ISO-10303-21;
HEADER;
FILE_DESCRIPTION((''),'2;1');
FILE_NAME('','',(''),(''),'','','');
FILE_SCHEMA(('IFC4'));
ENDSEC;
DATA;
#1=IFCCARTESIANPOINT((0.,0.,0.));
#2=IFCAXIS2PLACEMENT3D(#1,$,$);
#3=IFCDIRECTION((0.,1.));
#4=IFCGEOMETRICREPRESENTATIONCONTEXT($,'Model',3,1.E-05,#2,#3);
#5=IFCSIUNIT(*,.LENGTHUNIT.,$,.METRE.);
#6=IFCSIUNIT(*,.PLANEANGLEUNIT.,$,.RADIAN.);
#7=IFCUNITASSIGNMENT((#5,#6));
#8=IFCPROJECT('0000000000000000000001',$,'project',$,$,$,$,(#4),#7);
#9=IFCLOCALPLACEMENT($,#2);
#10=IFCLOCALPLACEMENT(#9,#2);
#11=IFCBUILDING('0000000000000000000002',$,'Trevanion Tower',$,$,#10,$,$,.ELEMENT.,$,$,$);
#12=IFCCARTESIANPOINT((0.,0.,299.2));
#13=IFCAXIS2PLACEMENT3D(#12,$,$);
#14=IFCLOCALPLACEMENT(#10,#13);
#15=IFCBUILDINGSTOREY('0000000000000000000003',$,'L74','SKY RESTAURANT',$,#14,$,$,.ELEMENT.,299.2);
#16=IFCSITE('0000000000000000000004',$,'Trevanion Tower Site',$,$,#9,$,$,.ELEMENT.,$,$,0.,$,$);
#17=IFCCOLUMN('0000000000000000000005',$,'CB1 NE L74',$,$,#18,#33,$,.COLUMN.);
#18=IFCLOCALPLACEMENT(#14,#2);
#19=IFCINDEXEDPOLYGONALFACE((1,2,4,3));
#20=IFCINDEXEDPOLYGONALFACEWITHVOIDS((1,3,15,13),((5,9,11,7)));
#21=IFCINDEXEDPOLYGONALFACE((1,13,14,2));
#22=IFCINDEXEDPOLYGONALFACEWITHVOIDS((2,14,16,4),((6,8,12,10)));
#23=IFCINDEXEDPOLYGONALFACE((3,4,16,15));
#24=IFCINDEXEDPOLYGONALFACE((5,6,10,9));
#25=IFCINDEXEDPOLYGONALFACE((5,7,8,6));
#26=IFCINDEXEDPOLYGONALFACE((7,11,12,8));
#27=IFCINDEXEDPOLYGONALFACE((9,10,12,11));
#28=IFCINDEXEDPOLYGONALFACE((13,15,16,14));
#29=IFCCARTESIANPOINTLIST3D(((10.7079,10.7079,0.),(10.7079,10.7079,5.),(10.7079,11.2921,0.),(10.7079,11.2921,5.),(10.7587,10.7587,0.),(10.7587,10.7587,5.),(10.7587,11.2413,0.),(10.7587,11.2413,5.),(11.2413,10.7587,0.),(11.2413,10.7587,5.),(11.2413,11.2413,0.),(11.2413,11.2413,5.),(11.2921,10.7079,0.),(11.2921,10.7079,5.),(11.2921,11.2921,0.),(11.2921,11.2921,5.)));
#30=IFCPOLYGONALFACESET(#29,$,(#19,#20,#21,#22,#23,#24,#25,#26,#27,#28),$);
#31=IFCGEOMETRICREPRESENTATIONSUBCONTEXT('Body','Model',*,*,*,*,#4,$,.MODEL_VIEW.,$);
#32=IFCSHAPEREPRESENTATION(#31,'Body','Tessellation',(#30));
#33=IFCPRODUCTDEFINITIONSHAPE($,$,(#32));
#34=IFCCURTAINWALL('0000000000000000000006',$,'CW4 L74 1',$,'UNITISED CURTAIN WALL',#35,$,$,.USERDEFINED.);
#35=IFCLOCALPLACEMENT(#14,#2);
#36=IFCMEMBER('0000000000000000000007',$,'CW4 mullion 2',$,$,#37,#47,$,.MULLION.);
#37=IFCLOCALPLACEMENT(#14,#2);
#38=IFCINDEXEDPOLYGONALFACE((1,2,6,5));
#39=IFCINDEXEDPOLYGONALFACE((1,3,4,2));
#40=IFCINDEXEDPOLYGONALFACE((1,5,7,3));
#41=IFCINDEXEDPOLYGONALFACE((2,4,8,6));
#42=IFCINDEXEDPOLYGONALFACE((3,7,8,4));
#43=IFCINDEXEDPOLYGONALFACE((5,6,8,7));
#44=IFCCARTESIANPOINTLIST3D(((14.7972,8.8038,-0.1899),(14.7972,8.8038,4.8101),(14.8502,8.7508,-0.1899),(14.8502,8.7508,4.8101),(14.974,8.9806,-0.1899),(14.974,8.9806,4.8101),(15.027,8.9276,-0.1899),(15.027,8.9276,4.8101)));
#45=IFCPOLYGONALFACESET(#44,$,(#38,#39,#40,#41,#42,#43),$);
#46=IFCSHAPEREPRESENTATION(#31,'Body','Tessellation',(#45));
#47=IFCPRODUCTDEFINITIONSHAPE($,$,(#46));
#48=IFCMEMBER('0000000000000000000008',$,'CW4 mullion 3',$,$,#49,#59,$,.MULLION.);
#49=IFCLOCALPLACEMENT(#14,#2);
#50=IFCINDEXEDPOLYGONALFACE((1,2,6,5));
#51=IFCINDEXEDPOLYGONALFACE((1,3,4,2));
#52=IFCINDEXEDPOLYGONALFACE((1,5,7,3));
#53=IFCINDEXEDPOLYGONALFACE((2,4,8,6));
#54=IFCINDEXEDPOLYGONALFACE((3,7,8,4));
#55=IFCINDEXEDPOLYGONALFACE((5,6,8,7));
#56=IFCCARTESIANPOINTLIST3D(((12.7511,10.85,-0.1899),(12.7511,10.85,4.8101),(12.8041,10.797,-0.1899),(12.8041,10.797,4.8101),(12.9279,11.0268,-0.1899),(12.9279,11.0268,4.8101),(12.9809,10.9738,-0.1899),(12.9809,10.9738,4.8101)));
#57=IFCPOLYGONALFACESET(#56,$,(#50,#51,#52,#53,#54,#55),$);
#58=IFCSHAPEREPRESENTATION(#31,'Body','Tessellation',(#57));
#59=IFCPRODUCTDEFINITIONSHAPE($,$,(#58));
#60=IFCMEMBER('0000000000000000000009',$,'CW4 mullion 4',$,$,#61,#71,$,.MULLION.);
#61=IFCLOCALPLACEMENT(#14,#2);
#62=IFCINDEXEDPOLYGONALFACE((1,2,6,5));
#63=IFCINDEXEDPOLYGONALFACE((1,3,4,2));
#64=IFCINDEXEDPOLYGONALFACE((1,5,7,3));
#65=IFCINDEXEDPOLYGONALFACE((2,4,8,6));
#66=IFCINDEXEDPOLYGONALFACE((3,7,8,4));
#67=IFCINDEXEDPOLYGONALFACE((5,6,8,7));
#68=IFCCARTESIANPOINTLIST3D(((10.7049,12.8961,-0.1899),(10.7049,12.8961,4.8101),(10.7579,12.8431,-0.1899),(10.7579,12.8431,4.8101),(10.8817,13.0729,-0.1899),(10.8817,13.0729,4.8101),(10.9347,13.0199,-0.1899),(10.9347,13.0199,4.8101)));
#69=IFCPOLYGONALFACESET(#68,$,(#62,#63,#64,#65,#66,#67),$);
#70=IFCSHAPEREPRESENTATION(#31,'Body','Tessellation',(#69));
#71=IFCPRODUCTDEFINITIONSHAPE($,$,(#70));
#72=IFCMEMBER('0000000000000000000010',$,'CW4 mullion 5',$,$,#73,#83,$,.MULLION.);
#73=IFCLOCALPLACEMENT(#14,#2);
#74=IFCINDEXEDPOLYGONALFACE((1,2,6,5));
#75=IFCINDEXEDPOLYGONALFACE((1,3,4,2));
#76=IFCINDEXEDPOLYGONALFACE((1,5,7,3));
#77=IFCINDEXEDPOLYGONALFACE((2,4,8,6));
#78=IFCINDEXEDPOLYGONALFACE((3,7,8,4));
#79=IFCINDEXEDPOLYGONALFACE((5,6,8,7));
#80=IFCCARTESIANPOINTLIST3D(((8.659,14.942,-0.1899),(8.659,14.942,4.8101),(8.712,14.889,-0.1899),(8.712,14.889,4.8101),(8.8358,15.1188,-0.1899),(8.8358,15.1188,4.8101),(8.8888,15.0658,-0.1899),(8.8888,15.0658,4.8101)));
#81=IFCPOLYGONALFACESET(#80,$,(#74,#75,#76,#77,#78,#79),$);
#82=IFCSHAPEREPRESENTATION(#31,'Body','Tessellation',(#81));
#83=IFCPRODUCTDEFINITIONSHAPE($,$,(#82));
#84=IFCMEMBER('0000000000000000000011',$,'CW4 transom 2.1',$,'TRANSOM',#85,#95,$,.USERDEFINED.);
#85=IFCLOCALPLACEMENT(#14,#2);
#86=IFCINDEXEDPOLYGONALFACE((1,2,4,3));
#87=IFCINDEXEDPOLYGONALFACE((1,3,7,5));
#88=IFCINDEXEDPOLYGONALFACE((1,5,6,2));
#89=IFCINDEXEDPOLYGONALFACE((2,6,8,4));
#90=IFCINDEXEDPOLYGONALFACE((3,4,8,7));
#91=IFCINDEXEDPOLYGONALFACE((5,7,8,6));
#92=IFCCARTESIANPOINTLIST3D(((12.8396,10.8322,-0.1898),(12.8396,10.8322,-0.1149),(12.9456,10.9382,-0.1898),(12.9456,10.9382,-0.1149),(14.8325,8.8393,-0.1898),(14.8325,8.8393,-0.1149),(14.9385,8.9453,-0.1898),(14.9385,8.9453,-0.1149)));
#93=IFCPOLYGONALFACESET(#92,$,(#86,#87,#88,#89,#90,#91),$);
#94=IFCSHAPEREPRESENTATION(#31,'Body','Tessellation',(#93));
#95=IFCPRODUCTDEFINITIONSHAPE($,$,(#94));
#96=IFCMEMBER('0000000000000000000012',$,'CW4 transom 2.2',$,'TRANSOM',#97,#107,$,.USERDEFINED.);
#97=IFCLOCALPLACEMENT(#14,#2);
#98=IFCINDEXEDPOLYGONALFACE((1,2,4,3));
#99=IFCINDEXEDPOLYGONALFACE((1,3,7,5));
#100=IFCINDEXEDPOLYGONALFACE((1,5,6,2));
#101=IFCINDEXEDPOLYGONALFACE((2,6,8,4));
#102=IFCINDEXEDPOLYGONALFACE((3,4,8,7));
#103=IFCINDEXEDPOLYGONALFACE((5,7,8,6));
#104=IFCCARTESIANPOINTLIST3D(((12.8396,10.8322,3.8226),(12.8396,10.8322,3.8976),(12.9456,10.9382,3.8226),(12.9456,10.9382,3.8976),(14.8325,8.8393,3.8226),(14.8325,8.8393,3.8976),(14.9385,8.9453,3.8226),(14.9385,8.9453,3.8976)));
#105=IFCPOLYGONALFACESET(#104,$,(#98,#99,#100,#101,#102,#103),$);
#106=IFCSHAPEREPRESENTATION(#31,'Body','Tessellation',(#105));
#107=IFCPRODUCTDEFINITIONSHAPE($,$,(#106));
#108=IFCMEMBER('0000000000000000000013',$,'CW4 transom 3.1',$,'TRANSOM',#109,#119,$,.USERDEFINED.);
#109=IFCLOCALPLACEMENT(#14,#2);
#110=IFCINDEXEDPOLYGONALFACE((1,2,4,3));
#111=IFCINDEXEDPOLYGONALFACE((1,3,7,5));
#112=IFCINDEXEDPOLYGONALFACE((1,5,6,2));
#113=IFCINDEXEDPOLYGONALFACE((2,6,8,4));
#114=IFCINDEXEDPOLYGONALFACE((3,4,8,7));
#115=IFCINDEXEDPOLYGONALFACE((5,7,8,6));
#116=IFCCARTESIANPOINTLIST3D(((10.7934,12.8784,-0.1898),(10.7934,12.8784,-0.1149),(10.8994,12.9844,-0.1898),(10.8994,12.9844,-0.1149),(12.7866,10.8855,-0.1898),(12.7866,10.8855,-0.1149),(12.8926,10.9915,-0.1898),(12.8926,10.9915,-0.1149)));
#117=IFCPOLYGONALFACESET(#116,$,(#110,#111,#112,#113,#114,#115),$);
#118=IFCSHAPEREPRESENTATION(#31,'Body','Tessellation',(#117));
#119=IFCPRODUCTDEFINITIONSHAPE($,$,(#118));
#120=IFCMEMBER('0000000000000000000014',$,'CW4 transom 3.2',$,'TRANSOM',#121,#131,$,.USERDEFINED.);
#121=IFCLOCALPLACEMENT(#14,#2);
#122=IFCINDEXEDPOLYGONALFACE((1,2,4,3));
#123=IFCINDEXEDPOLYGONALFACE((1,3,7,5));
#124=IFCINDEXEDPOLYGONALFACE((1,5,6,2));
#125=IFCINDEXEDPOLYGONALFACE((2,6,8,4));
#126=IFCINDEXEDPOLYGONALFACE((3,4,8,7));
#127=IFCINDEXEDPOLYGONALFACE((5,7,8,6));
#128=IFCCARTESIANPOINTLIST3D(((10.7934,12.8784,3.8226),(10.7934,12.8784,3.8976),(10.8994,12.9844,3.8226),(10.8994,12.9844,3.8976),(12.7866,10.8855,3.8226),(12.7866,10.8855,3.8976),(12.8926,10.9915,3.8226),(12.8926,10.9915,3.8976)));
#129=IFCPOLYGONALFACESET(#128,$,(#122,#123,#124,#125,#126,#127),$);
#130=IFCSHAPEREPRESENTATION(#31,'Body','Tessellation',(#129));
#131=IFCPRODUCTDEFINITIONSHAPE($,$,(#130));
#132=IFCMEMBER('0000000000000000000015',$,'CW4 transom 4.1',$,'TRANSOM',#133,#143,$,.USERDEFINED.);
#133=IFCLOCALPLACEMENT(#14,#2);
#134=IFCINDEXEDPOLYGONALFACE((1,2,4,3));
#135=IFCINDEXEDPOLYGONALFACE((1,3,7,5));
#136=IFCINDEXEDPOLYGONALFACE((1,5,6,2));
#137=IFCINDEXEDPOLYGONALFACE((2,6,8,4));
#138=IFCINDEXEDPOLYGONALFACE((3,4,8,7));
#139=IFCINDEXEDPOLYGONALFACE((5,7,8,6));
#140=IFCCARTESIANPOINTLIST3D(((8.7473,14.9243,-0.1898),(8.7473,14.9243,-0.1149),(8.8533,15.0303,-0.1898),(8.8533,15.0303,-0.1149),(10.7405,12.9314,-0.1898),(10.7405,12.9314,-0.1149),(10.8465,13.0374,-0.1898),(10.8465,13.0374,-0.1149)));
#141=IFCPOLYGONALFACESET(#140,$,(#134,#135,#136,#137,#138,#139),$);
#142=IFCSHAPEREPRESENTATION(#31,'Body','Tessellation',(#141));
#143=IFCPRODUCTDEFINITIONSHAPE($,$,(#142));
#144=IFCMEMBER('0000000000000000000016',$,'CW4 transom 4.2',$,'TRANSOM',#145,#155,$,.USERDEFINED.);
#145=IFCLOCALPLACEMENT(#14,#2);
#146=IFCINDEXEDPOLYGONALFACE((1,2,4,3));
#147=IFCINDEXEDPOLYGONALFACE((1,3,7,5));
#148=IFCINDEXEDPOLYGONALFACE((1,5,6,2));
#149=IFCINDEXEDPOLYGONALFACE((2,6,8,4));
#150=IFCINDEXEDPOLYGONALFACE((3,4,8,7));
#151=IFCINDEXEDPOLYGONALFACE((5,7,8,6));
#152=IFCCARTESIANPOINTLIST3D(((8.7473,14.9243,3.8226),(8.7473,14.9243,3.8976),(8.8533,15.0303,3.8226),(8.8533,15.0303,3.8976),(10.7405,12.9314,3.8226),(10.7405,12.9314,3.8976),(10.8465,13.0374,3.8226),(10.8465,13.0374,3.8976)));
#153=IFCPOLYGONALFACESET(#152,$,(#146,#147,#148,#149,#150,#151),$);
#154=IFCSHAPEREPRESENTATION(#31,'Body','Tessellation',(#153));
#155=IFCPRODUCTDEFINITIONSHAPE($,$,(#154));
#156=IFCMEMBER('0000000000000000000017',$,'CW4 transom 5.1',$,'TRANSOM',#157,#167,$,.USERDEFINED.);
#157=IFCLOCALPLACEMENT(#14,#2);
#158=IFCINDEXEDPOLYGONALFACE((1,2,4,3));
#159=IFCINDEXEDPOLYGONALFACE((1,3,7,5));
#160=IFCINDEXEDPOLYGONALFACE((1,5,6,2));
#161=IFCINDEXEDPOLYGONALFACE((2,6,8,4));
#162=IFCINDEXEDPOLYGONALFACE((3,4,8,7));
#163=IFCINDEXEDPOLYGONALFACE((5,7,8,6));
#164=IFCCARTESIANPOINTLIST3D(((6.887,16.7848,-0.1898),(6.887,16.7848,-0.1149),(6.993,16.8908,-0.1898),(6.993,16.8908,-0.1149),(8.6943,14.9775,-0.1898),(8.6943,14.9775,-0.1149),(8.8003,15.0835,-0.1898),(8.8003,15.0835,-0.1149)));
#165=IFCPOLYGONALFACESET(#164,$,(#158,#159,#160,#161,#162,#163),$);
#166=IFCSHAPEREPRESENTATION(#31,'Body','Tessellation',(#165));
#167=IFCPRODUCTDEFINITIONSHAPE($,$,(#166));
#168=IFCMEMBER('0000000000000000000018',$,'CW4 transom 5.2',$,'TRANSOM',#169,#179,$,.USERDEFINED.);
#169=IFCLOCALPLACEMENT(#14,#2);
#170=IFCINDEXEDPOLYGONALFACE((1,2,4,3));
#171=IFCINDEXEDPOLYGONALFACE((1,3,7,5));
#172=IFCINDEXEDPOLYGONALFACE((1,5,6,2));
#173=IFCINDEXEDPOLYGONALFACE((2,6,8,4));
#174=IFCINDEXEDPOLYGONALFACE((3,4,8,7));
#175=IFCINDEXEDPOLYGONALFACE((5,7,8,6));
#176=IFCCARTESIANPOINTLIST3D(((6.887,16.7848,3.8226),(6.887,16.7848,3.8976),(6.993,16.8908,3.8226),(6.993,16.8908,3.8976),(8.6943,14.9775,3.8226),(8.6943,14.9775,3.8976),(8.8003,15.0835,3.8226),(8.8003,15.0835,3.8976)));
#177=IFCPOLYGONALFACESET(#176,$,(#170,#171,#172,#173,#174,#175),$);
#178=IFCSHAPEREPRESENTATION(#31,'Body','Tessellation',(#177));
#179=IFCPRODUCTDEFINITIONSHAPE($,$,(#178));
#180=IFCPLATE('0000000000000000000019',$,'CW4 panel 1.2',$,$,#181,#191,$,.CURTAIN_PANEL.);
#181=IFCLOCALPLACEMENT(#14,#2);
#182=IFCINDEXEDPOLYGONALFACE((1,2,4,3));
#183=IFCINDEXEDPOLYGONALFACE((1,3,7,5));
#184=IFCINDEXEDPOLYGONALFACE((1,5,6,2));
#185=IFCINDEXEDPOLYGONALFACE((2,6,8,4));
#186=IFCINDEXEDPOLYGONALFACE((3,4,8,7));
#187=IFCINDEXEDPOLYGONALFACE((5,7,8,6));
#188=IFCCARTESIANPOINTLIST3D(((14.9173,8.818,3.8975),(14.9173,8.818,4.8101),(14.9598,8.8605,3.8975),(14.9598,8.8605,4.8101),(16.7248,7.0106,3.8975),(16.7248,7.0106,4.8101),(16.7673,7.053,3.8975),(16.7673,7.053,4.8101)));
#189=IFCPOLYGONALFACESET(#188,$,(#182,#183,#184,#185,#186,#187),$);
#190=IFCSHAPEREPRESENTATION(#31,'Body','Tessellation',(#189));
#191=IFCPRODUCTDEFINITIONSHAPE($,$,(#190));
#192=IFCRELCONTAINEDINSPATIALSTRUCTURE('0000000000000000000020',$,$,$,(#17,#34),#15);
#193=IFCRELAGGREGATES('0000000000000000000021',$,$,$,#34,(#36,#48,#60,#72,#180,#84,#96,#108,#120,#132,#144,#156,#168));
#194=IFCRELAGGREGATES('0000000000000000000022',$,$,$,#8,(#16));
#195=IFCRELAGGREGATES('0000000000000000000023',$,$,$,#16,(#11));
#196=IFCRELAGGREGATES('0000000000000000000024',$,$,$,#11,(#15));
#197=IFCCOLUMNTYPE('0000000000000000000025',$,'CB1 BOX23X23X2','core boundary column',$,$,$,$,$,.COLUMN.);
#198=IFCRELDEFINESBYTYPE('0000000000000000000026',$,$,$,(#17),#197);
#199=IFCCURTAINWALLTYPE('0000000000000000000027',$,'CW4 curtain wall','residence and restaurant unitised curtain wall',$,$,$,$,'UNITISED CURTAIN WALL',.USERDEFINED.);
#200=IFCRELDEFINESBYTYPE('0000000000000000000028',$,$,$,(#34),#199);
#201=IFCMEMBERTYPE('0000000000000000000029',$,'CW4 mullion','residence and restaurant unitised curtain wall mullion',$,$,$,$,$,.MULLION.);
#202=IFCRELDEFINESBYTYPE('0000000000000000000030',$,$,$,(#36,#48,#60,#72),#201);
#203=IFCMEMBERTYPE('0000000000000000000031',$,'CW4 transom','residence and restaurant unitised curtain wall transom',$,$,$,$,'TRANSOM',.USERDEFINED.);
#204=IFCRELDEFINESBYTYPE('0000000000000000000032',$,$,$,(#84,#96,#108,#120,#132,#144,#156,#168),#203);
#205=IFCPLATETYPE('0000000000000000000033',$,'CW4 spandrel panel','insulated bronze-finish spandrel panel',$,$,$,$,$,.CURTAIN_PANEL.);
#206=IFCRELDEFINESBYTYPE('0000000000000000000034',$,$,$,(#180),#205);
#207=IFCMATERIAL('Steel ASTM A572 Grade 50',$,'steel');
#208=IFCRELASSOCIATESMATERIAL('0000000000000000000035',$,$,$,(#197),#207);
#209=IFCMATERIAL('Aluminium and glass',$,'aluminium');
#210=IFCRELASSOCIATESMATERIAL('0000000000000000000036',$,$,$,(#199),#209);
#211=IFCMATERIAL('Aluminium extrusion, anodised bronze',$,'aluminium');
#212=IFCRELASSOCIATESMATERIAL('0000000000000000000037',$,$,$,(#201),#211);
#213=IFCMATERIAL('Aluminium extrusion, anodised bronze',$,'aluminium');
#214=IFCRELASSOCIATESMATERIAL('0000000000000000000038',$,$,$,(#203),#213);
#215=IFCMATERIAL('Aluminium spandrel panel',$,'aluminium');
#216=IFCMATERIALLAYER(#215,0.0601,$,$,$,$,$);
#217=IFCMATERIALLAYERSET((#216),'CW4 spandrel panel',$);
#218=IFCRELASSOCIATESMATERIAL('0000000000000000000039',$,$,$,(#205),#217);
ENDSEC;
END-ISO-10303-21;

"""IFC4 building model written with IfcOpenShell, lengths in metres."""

from ifc_helpers import new_model, si_unit, direction, frame, origin, origin_2d, place, context, subcontext, project, spatial, rectangle, hollow_rectangle, extrude, material, layer, layer_set, material_profile, profile_set, type_object, element, aggregate, save


model = new_model("IFC4")

# Units and contexts
model_context = context("Model", 3, precision=1e-05, world=origin(), true_north=direction((0.0, 1.0)))
body_context = subcontext(model_context, "Body", "Model", "MODEL_VIEW")
ifc_project = project(units=[si_unit("LENGTHUNIT", "METRE"), si_unit("PLANEANGLEUNIT", "RADIAN")], contexts=[model_context])

# Site, building, storey
site_placement = place(None, origin())
site = spatial("IfcSite", under=ifc_project, at=site_placement, Name="Trevanion Tower Site", CompositionType="ELEMENT", RefElevation=0.0)
building_placement = place(site_placement, origin())
building = spatial("IfcBuilding", under=site, at=building_placement, Name="Trevanion Tower", CompositionType="ELEMENT")
storey_placement = place(building_placement, frame((0.0, 0.0, 299.2)))
storey = spatial("IfcBuildingStorey", under=building, at=storey_placement, Name="L74", Description="SKY RESTAURANT", CompositionType="ELEMENT", Elevation=299.2)

# Column
ifc_material_1 = material(Name="Steel ASTM A572 Grade 50", Category="steel")
ifc_material_profile_1 = material_profile(ifc_material_1, hollow_rectangle(XDim=0.5842, YDim=0.5842, WallThickness=0.0508, at=origin_2d()), Name="BOX23X23X2")
ifc_profile_set_1 = profile_set([ifc_material_profile_1], Name="Steel ASTM A572 Grade 50")
column_type = type_object("IfcColumnType", Name="CB1 BOX23X23X2", Description="core boundary column", PredefinedType="COLUMN", material=ifc_profile_set_1)
column_placement = place(storey_placement, frame((11.0, 11.0, 0.0), z_axis=(0.0, 0.0, 1.0), x_axis=(1.0, 0.0, 0.0)))
element("IfcColumn", 1, at=column_placement, inside=storey, type_object=column_type, Name="CB1 NE L74", PredefinedType="COLUMN", context=body_context, shape_type="SweptSolid", body=[
    extrude(hollow_rectangle(XDim=0.5842, YDim=0.5842, WallThickness=0.0508, at=origin_2d()), origin(), (0.0, 0.0, 1.0), 5.0),
])

# Curtain wall, members, plate
ifc_material_2 = material(Name="Aluminium and glass", Category="aluminium")
curtain_wall_type = type_object("IfcCurtainWallType", Name="CW4 curtain wall", Description="residence and restaurant unitised curtain wall", ElementType="UNITISED CURTAIN WALL", PredefinedType="USERDEFINED", material=ifc_material_2)
curtain_wall_placement = place(storey_placement, origin())
curtain_wall = element("IfcCurtainWall", 2, at=curtain_wall_placement, inside=storey, type_object=curtain_wall_type, Name="CW4 L74 1", ObjectType="UNITISED CURTAIN WALL", PredefinedType="USERDEFINED")
ifc_material_3 = material(Name="Aluminium extrusion, anodised bronze", Category="aluminium")
ifc_material_profile_2 = material_profile(ifc_material_3, rectangle(XDim=0.075, YDim=0.25, at=origin_2d()), Name="CW4 mullion")
ifc_profile_set_2 = profile_set([ifc_material_profile_2], Name="Aluminium extrusion, anodised bronze")
member_type_1 = type_object("IfcMemberType", Name="CW4 mullion", Description="residence and restaurant unitised curtain wall mullion", PredefinedType="MULLION", material=ifc_profile_set_2)
member_1_placement = place(storey_placement, frame((14.9121, 8.8657, -0.1899), z_axis=(0.0, 0.0, 1.0), x_axis=(-0.707107, 0.707107, 0.0)))
member_1 = element("IfcMember", 3, at=member_1_placement, type_object=member_type_1, Name="CW4 mullion 2", PredefinedType="MULLION", context=body_context, shape_type="SweptSolid", body=[
    extrude(rectangle(XDim=0.075, YDim=0.25, at=origin_2d()), origin(), (0.0, 0.0, 1.0), 5.0),
])
member_2_placement = place(storey_placement, frame((12.866, 10.9119, -0.1899), z_axis=(0.0, 0.0, 1.0), x_axis=(-0.707107, 0.707107, 0.0)))
member_2 = element("IfcMember", 4, at=member_2_placement, type_object=member_type_1, Name="CW4 mullion 3", PredefinedType="MULLION", context=body_context, shape_type="SweptSolid", body=[
    extrude(rectangle(XDim=0.075, YDim=0.25, at=origin_2d()), origin(), (0.0, 0.0, 1.0), 5.0),
])
member_3_placement = place(storey_placement, frame((10.8198, 12.958, -0.1899), z_axis=(0.0, 0.0, 1.0), x_axis=(-0.707107, 0.707107, 0.0)))
member_3 = element("IfcMember", 5, at=member_3_placement, type_object=member_type_1, Name="CW4 mullion 4", PredefinedType="MULLION", context=body_context, shape_type="SweptSolid", body=[
    extrude(rectangle(XDim=0.075, YDim=0.25, at=origin_2d()), origin(), (0.0, 0.0, 1.0), 5.0),
])
member_4_placement = place(storey_placement, frame((8.7739, 15.0039, -0.1899), z_axis=(0.0, 0.0, 1.0), x_axis=(-0.707107, 0.707107, 0.0)))
member_4 = element("IfcMember", 6, at=member_4_placement, type_object=member_type_1, Name="CW4 mullion 5", PredefinedType="MULLION", context=body_context, shape_type="SweptSolid", body=[
    extrude(rectangle(XDim=0.075, YDim=0.25, at=origin_2d()), origin(), (0.0, 0.0, 1.0), 5.0),
])
ifc_material_4 = material(Name="Aluminium extrusion, anodised bronze", Category="aluminium")
ifc_material_profile_3 = material_profile(ifc_material_4, rectangle(XDim=0.1499, YDim=0.075, at=origin_2d()), Name="CW4 transom")
ifc_profile_set_3 = profile_set([ifc_material_profile_3], Name="Aluminium extrusion, anodised bronze")
member_type_2 = type_object("IfcMemberType", Name="CW4 transom", Description="residence and restaurant unitised curtain wall transom", ElementType="TRANSOM", PredefinedType="USERDEFINED", material=ifc_profile_set_3)
member_5_placement = place(storey_placement, frame((14.8855, 8.8923, -0.1523), z_axis=(-0.707107, 0.707107, 0.0), x_axis=(-0.707107, -0.707107, 0.0)))
member_5 = element("IfcMember", 7, at=member_5_placement, type_object=member_type_2, Name="CW4 transom 2.1", ObjectType="TRANSOM", PredefinedType="USERDEFINED", context=body_context, shape_type="SweptSolid", body=[
    extrude(rectangle(XDim=0.1499, YDim=0.075, at=origin_2d()), origin(), (0.0, 0.0, 1.0), 2.8184),
])
member_6_placement = place(storey_placement, frame((14.8855, 8.8923, 3.8601), z_axis=(-0.707107, 0.707107, 0.0), x_axis=(-0.707107, -0.707107, 0.0)))
member_6 = element("IfcMember", 8, at=member_6_placement, type_object=member_type_2, Name="CW4 transom 2.2", ObjectType="TRANSOM", PredefinedType="USERDEFINED", context=body_context, shape_type="SweptSolid", body=[
    extrude(rectangle(XDim=0.1499, YDim=0.075, at=origin_2d()), origin(), (0.0, 0.0, 1.0), 2.8184),
])
member_7_placement = place(storey_placement, frame((12.8396, 10.9385, -0.1523), z_axis=(-0.70715, 0.707063, 0.0), x_axis=(-0.707063, -0.70715, 0.0)))
member_7 = element("IfcMember", 9, at=member_7_placement, type_object=member_type_2, Name="CW4 transom 3.1", ObjectType="TRANSOM", PredefinedType="USERDEFINED", context=body_context, shape_type="SweptSolid", body=[
    extrude(rectangle(XDim=0.1499, YDim=0.075, at=origin_2d()), origin(), (0.0, 0.0, 1.0), 2.8186),
])
member_8_placement = place(storey_placement, frame((12.8396, 10.9385, 3.8601), z_axis=(-0.70715, 0.707063, 0.0), x_axis=(-0.707063, -0.70715, 0.0)))
member_8 = element("IfcMember", 10, at=member_8_placement, type_object=member_type_2, Name="CW4 transom 3.2", ObjectType="TRANSOM", PredefinedType="USERDEFINED", context=body_context, shape_type="SweptSolid", body=[
    extrude(rectangle(XDim=0.1499, YDim=0.075, at=origin_2d()), origin(), (0.0, 0.0, 1.0), 2.8186),
])
member_9_placement = place(storey_placement, frame((10.7935, 12.9844, -0.1523), z_axis=(-0.70715, 0.707063, 0.0), x_axis=(-0.707063, -0.70715, 0.0)))
member_9 = element("IfcMember", 11, at=member_9_placement, type_object=member_type_2, Name="CW4 transom 4.1", ObjectType="TRANSOM", PredefinedType="USERDEFINED", context=body_context, shape_type="SweptSolid", body=[
    extrude(rectangle(XDim=0.1499, YDim=0.075, at=origin_2d()), origin(), (0.0, 0.0, 1.0), 2.8186),
])
member_10_placement = place(storey_placement, frame((10.7935, 12.9844, 3.8601), z_axis=(-0.70715, 0.707063, 0.0), x_axis=(-0.707063, -0.70715, 0.0)))
member_10 = element("IfcMember", 12, at=member_10_placement, type_object=member_type_2, Name="CW4 transom 4.2", ObjectType="TRANSOM", PredefinedType="USERDEFINED", context=body_context, shape_type="SweptSolid", body=[
    extrude(rectangle(XDim=0.1499, YDim=0.075, at=origin_2d()), origin(), (0.0, 0.0, 1.0), 2.8186),
])
member_11_placement = place(storey_placement, frame((8.7473, 15.0305, -0.1523), z_axis=(-0.707107, 0.707107, 0.0), x_axis=(-0.707107, -0.707107, 0.0)))
member_11 = element("IfcMember", 13, at=member_11_placement, type_object=member_type_2, Name="CW4 transom 5.1", ObjectType="TRANSOM", PredefinedType="USERDEFINED", context=body_context, shape_type="SweptSolid", body=[
    extrude(rectangle(XDim=0.1499, YDim=0.075, at=origin_2d()), origin(), (0.0, 0.0, 1.0), 2.5559),
])
member_12_placement = place(storey_placement, frame((8.7473, 15.0305, 3.8601), z_axis=(-0.707107, 0.707107, 0.0), x_axis=(-0.707107, -0.707107, 0.0)))
member_12 = element("IfcMember", 14, at=member_12_placement, type_object=member_type_2, Name="CW4 transom 5.2", ObjectType="TRANSOM", PredefinedType="USERDEFINED", context=body_context, shape_type="SweptSolid", body=[
    extrude(rectangle(XDim=0.1499, YDim=0.075, at=origin_2d()), origin(), (0.0, 0.0, 1.0), 2.5559),
])
ifc_material_5 = material(Name="Aluminium spandrel panel", Category="aluminium")
ifc_layer_1 = layer(ifc_material_5, 0.0601)
ifc_layer_set_1 = layer_set([ifc_layer_1], Name="CW4 spandrel panel")
plate_type_1 = type_object("IfcPlateType", Name="CW4 spandrel panel", Description="insulated bronze-finish spandrel panel", PredefinedType="CURTAIN_PANEL", material=ifc_layer_set_1)
plate_1_placement = place(storey_placement, frame((15.8423, 7.9355, 3.8975), z_axis=(0.0, 0.0, 1.0), x_axis=(-0.707107, 0.707107, 0.0)))
plate_1 = element("IfcPlate", 15, at=plate_1_placement, type_object=plate_type_1, Name="CW4 panel 1.2", PredefinedType="CURTAIN_PANEL", context=body_context, shape_type="SweptSolid", body=[
    extrude(rectangle(XDim=2.5562, YDim=0.0601, at=origin_2d()), origin(), (0.0, 0.0, 1.0), 0.9126),
])
aggregate(curtain_wall, [member_1, member_2, member_3, member_4, plate_1, member_5, member_6, member_7, member_8, member_9, member_10, member_11, member_12])

save(model, "model.ifc")
